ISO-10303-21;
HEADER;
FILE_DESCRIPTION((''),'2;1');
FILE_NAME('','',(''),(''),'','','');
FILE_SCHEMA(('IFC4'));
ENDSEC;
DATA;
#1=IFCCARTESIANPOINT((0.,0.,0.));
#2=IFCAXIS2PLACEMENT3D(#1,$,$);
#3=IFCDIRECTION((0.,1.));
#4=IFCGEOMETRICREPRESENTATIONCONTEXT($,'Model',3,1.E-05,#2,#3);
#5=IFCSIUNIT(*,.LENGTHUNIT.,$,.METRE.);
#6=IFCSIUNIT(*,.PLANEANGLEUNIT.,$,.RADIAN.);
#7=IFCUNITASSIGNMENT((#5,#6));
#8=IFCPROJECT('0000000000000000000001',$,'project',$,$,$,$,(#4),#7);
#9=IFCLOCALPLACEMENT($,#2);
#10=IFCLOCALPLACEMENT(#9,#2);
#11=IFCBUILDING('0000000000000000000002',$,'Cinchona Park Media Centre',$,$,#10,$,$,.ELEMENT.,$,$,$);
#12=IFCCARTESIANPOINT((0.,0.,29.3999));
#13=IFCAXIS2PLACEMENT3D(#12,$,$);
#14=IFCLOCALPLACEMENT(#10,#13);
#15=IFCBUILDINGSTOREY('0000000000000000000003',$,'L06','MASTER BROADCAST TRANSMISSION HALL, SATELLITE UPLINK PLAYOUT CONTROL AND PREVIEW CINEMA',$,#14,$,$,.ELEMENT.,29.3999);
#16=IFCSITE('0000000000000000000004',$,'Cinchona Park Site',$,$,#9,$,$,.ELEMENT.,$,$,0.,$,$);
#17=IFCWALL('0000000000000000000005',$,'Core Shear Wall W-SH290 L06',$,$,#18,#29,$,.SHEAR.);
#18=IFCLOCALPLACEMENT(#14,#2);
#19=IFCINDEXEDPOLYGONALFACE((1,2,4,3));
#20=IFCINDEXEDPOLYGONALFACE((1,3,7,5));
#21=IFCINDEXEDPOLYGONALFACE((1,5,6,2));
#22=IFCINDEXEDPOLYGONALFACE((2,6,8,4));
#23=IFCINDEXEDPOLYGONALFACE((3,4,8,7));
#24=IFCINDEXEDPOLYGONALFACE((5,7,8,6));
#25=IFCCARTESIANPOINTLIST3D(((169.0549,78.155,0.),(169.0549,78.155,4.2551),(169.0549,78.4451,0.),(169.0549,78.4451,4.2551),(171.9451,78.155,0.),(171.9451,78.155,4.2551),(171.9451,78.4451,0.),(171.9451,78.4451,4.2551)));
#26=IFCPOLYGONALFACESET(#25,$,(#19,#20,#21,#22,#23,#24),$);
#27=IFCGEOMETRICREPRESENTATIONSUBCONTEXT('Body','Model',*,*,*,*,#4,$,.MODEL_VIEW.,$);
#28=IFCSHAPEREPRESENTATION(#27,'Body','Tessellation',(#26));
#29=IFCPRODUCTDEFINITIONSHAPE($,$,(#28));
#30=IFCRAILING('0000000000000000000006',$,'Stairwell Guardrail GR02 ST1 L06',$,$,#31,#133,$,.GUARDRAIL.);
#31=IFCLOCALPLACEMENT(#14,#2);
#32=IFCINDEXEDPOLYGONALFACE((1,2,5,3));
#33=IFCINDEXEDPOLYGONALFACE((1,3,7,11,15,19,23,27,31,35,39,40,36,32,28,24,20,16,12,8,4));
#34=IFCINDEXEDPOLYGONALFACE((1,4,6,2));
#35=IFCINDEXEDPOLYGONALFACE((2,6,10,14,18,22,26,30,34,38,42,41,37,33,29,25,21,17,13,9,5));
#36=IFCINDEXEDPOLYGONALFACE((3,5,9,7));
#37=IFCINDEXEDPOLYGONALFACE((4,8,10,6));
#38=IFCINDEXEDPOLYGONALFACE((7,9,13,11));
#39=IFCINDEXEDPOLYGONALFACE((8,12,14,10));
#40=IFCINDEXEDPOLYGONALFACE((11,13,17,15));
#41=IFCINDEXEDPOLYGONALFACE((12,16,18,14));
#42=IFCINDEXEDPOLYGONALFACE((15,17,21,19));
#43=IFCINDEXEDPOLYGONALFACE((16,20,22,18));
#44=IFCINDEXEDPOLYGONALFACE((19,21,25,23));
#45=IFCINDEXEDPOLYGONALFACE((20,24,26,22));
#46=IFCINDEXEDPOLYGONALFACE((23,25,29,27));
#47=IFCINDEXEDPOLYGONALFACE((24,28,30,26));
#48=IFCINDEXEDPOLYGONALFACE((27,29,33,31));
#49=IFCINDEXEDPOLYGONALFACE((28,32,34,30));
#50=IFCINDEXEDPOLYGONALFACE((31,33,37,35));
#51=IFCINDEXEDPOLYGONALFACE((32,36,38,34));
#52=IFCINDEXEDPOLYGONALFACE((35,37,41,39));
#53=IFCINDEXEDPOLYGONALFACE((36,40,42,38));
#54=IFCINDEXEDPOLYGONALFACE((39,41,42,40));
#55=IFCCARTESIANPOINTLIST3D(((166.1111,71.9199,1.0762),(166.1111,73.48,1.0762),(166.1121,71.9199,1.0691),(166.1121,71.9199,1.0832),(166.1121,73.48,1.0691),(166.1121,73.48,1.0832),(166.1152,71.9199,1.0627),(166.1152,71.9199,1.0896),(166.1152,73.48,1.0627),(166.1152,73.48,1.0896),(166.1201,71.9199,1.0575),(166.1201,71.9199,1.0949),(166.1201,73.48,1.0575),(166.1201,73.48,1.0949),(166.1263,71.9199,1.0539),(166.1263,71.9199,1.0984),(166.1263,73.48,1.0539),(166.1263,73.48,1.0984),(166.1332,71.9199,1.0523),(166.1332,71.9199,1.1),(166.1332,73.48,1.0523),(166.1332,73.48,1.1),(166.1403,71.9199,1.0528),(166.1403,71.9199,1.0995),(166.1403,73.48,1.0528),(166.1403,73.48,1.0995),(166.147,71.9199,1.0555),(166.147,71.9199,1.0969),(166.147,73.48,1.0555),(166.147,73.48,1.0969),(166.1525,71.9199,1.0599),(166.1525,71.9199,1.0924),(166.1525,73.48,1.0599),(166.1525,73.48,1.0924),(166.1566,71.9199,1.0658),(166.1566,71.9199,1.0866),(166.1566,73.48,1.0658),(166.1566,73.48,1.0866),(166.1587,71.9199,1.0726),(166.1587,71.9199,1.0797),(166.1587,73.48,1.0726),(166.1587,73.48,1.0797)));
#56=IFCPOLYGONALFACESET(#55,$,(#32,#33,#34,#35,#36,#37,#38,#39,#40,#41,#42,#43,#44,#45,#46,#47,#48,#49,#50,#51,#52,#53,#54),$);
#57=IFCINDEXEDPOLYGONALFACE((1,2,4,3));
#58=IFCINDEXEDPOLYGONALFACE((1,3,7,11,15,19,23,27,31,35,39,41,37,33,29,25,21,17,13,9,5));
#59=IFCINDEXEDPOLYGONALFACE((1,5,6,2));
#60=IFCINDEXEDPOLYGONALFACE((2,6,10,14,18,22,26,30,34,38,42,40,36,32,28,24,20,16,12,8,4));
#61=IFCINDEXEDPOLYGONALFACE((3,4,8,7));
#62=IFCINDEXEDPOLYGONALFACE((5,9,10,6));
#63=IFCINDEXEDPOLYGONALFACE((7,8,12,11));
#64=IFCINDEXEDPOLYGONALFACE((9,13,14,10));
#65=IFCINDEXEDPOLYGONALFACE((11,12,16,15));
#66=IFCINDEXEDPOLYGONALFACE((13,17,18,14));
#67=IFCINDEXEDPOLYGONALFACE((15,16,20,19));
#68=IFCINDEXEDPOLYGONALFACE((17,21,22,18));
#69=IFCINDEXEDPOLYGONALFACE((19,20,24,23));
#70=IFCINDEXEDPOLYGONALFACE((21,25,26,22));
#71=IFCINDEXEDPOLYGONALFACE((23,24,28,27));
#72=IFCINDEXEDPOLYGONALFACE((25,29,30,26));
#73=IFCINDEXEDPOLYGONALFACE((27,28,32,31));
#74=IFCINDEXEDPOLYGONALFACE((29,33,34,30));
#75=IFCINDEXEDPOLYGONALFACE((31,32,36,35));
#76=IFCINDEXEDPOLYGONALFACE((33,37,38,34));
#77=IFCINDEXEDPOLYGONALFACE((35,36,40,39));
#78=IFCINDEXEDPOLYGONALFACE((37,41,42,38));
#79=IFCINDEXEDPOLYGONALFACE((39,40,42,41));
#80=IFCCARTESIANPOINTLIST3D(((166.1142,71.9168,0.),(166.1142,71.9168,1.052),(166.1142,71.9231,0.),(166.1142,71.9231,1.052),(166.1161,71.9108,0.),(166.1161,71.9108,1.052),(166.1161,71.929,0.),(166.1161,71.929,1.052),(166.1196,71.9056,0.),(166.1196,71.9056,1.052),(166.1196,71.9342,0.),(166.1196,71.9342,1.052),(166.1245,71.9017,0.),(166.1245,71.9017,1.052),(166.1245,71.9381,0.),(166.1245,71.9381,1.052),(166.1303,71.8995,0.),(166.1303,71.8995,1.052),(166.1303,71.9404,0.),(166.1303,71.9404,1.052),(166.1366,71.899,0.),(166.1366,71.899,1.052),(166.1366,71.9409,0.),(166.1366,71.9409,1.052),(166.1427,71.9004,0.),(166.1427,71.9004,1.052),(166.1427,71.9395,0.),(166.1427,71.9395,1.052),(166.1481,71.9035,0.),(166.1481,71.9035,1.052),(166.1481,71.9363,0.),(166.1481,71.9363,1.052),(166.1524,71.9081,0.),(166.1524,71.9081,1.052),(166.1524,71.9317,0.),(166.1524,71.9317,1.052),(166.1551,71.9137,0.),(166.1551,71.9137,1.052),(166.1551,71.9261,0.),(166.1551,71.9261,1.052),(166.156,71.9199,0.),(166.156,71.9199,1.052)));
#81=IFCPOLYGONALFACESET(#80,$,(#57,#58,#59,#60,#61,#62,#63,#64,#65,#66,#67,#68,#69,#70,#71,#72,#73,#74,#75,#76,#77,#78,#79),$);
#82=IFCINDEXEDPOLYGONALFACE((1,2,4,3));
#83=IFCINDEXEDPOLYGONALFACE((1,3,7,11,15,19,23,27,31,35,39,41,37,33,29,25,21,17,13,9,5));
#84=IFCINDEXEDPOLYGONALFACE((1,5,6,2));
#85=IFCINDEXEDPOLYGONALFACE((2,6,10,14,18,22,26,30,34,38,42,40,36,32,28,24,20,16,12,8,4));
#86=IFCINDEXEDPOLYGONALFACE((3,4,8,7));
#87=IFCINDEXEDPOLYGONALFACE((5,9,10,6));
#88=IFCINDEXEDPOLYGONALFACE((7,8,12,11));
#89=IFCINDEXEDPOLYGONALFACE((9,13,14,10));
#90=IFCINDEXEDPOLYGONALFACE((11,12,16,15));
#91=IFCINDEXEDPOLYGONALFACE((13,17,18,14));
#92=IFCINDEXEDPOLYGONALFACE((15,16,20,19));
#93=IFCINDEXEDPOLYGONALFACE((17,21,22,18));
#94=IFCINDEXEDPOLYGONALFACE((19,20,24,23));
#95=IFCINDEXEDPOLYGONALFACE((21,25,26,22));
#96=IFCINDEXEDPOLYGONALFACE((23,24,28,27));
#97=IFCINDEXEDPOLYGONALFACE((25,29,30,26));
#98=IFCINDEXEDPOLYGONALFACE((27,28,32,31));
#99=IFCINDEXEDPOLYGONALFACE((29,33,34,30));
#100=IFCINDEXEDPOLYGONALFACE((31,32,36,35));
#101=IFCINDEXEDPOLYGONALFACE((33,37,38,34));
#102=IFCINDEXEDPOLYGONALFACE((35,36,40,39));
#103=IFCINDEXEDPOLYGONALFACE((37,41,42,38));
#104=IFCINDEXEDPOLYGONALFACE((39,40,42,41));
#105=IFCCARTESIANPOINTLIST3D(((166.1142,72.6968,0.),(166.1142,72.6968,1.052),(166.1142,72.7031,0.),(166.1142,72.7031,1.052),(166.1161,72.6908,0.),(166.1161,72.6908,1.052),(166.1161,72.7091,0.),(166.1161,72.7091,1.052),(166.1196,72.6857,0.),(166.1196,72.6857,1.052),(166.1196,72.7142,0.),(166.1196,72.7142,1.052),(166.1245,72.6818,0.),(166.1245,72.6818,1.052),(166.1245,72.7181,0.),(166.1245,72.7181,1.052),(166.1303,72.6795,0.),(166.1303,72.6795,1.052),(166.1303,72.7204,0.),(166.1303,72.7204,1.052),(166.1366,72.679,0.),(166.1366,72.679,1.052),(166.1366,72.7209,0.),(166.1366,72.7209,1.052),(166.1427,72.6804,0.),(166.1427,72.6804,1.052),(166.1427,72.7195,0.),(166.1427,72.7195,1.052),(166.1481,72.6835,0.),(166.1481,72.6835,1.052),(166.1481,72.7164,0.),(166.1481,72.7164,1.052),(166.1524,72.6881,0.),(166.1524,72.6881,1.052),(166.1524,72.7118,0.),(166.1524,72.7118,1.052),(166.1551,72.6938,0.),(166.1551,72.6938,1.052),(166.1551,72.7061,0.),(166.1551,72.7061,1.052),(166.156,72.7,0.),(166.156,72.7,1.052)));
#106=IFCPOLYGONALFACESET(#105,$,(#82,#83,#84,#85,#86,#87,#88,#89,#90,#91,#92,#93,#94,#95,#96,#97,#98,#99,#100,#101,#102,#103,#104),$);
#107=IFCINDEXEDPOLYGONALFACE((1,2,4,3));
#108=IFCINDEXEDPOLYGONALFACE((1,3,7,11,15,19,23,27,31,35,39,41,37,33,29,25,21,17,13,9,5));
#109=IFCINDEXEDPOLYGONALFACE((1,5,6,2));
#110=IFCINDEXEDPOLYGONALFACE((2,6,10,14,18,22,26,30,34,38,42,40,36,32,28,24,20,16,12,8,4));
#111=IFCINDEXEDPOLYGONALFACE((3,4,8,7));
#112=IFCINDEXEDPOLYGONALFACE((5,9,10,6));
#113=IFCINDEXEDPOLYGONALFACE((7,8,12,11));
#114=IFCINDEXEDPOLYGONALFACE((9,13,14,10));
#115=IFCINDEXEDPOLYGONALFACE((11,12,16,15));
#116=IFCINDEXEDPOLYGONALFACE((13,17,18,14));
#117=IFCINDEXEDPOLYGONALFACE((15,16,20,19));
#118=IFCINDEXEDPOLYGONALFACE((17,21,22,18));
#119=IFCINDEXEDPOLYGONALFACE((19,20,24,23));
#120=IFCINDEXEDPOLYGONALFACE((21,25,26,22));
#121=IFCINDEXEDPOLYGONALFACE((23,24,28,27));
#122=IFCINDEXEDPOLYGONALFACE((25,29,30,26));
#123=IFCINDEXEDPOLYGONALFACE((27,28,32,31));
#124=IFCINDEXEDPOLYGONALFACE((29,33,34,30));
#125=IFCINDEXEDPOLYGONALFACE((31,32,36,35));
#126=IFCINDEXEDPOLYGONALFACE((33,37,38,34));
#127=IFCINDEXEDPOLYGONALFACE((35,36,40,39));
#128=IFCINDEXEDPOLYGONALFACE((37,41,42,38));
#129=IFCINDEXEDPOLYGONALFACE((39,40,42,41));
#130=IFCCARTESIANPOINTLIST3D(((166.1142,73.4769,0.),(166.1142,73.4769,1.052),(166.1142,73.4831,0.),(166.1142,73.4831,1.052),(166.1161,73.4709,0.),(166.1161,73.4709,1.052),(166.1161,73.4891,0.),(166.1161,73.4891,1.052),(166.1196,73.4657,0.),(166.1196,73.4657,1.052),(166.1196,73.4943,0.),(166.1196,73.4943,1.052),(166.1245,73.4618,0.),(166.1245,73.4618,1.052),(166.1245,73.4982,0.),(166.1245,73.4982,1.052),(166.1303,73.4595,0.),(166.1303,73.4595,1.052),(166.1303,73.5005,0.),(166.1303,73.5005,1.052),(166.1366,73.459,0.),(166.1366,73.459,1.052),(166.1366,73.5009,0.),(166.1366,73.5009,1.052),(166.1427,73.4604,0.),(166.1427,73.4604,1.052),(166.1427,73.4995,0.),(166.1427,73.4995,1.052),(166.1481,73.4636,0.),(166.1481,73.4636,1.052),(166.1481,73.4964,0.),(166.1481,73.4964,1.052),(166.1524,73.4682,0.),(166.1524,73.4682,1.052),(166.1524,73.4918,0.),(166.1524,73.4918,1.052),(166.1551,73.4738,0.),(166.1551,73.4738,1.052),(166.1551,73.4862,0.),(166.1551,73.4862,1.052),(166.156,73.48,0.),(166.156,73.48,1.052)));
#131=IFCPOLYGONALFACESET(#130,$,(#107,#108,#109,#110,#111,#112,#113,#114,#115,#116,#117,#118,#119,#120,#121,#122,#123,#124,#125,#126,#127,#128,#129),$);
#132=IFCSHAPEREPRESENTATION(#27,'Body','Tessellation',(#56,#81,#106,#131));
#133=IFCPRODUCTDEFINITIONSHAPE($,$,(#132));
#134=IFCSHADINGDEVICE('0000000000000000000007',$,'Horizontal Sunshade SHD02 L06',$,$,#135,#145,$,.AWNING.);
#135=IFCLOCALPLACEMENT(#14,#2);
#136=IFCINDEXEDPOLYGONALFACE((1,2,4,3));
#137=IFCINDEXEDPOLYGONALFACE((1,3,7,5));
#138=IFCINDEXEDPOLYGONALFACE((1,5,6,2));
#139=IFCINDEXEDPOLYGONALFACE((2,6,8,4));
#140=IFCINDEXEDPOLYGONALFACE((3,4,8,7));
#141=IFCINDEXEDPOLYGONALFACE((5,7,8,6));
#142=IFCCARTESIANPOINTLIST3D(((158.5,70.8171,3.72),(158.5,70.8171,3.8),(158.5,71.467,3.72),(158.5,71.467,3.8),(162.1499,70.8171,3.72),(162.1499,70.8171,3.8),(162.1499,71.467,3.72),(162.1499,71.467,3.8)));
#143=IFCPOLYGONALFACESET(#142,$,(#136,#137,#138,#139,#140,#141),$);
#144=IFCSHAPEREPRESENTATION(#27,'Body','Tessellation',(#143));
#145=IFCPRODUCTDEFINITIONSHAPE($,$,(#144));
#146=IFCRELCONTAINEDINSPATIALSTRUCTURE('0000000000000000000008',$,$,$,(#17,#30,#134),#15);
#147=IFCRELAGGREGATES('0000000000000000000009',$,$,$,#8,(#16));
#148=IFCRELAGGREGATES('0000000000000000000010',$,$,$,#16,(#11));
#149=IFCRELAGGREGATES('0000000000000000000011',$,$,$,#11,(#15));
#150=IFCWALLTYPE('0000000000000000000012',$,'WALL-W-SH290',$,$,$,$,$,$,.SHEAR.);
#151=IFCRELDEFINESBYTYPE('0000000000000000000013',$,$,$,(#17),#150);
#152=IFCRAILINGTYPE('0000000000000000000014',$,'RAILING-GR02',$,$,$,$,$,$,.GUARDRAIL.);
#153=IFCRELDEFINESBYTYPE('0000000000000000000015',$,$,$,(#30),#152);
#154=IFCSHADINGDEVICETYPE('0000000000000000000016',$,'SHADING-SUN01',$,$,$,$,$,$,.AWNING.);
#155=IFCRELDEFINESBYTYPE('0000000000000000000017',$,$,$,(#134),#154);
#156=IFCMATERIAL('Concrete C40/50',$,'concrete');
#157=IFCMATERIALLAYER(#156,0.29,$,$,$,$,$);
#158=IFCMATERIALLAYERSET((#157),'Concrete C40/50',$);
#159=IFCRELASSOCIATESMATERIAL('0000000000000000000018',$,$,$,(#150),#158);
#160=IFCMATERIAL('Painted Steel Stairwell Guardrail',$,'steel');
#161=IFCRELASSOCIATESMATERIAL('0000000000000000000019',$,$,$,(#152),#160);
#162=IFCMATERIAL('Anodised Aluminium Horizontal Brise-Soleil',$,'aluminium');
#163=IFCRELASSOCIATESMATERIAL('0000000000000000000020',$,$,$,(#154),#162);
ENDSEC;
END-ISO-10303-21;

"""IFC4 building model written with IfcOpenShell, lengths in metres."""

from ifc_helpers import new_model, si_unit, direction, frame, frame_2d, origin, origin_2d, place, context, subcontext, project, spatial, rectangle, circle, extrude, material, layer, layer_set, type_object, element, save


model = new_model("IFC4")

# Units and contexts
model_context = context("Model", 3, precision=1e-05, world=origin(), true_north=direction((0.0, 1.0)))
body_context = subcontext(model_context, "Body", "Model", "MODEL_VIEW")
ifc_project = project(units=[si_unit("LENGTHUNIT", "METRE"), si_unit("PLANEANGLEUNIT", "RADIAN")], contexts=[model_context])

# Site, building, storey
site_placement = place(None, origin())
site = spatial("IfcSite", under=ifc_project, at=site_placement, Name="Cinchona Park Site", CompositionType="ELEMENT", RefElevation=0.0)
building_placement = place(site_placement, origin())
building = spatial("IfcBuilding", under=site, at=building_placement, Name="Cinchona Park Media Centre", CompositionType="ELEMENT")
storey_placement = place(building_placement, frame((0.0, 0.0, 29.3999)))
storey = spatial("IfcBuildingStorey", under=building, at=storey_placement, Name="L06", Description="MASTER BROADCAST TRANSMISSION HALL, SATELLITE UPLINK PLAYOUT CONTROL AND PREVIEW CINEMA", CompositionType="ELEMENT", Elevation=29.3999)

# Wall
ifc_material_1 = material(Name="Concrete C40/50", Category="concrete")
ifc_layer_1 = layer(ifc_material_1, 0.29)
ifc_layer_set_1 = layer_set([ifc_layer_1], Name="Concrete C40/50")
wall_type_1 = type_object("IfcWallType", Name="WALL-W-SH290", PredefinedType="SHEAR", material=ifc_layer_set_1)
for number, where, z_axis, x_axis, name in (
    (1, (169.0549, 78.3, 0.0), (0.0, 0.0, 1.0), (1.0, 0.0, 0.0), "Core Shear Wall W-SH290 L06"),
):
    element("IfcWall", number, at=place(storey_placement, frame(where, z_axis=z_axis, x_axis=x_axis)), inside=storey, type_object=wall_type_1, Name=name, PredefinedType="SHEAR", context=body_context, shape_type="SweptSolid", body=[
        extrude(rectangle(XDim=2.8901, YDim=0.29, at=frame_2d((1.4451, 0.0))), origin(), (0.0, 0.0, 1.0), 4.2551),
    ])

# Railing
ifc_material_2 = material(Name="Painted Steel Stairwell Guardrail", Category="steel")
railing_type = type_object("IfcRailingType", Name="RAILING-GR02", PredefinedType="GUARDRAIL", material=ifc_material_2)
railing_placement = place(storey_placement, frame((166.135, 71.9199, 0.0)))
element("IfcRailing", 2, at=railing_placement, inside=storey, type_object=railing_type, Name="Stairwell Guardrail GR02 ST1 L06", PredefinedType="GUARDRAIL", context=body_context, shape_type="SweptSolid", body=[
    extrude(circle(Radius=0.0239, at=origin_2d()), frame((0.0, 0.0, 1.0762), z_axis=(0.0, 1.0, 0.0), x_axis=(-1.0, 0.0, 0.0)), (0.0, 0.0, 1.0), 1.5601),
    extrude(circle(Radius=0.021, at=origin_2d()), origin(), (0.0, 0.0, 1.0), 1.052),
    extrude(circle(Radius=0.021, at=origin_2d()), frame((0.0, 0.78, 0.0)), (0.0, 0.0, 1.0), 1.052),
    extrude(circle(Radius=0.021, at=origin_2d()), frame((0.0, 1.5601, 0.0)), (0.0, 0.0, 1.0), 1.052),
])

# Shading device
ifc_material_3 = material(Name="Anodised Aluminium Horizontal Brise-Soleil", Category="aluminium")
shading_device_type = type_object("IfcShadingDeviceType", Name="SHADING-SUN01", PredefinedType="AWNING", material=ifc_material_3)
shading_device_placement = place(storey_placement, frame((160.325, 71.1421, 3.72), z_axis=(0.0, 0.0, 1.0), x_axis=(-1.0, 0.0, 0.0)))
element("IfcShadingDevice", 3, at=shading_device_placement, inside=storey, type_object=shading_device_type, Name="Horizontal Sunshade SHD02 L06", PredefinedType="AWNING", context=body_context, shape_type="SweptSolid", body=[
    extrude(rectangle(XDim=3.6499, YDim=0.6499, at=origin_2d()), origin(), (0.0, 0.0, 1.0), 0.0801),
])

save(model, "model.ifc")
